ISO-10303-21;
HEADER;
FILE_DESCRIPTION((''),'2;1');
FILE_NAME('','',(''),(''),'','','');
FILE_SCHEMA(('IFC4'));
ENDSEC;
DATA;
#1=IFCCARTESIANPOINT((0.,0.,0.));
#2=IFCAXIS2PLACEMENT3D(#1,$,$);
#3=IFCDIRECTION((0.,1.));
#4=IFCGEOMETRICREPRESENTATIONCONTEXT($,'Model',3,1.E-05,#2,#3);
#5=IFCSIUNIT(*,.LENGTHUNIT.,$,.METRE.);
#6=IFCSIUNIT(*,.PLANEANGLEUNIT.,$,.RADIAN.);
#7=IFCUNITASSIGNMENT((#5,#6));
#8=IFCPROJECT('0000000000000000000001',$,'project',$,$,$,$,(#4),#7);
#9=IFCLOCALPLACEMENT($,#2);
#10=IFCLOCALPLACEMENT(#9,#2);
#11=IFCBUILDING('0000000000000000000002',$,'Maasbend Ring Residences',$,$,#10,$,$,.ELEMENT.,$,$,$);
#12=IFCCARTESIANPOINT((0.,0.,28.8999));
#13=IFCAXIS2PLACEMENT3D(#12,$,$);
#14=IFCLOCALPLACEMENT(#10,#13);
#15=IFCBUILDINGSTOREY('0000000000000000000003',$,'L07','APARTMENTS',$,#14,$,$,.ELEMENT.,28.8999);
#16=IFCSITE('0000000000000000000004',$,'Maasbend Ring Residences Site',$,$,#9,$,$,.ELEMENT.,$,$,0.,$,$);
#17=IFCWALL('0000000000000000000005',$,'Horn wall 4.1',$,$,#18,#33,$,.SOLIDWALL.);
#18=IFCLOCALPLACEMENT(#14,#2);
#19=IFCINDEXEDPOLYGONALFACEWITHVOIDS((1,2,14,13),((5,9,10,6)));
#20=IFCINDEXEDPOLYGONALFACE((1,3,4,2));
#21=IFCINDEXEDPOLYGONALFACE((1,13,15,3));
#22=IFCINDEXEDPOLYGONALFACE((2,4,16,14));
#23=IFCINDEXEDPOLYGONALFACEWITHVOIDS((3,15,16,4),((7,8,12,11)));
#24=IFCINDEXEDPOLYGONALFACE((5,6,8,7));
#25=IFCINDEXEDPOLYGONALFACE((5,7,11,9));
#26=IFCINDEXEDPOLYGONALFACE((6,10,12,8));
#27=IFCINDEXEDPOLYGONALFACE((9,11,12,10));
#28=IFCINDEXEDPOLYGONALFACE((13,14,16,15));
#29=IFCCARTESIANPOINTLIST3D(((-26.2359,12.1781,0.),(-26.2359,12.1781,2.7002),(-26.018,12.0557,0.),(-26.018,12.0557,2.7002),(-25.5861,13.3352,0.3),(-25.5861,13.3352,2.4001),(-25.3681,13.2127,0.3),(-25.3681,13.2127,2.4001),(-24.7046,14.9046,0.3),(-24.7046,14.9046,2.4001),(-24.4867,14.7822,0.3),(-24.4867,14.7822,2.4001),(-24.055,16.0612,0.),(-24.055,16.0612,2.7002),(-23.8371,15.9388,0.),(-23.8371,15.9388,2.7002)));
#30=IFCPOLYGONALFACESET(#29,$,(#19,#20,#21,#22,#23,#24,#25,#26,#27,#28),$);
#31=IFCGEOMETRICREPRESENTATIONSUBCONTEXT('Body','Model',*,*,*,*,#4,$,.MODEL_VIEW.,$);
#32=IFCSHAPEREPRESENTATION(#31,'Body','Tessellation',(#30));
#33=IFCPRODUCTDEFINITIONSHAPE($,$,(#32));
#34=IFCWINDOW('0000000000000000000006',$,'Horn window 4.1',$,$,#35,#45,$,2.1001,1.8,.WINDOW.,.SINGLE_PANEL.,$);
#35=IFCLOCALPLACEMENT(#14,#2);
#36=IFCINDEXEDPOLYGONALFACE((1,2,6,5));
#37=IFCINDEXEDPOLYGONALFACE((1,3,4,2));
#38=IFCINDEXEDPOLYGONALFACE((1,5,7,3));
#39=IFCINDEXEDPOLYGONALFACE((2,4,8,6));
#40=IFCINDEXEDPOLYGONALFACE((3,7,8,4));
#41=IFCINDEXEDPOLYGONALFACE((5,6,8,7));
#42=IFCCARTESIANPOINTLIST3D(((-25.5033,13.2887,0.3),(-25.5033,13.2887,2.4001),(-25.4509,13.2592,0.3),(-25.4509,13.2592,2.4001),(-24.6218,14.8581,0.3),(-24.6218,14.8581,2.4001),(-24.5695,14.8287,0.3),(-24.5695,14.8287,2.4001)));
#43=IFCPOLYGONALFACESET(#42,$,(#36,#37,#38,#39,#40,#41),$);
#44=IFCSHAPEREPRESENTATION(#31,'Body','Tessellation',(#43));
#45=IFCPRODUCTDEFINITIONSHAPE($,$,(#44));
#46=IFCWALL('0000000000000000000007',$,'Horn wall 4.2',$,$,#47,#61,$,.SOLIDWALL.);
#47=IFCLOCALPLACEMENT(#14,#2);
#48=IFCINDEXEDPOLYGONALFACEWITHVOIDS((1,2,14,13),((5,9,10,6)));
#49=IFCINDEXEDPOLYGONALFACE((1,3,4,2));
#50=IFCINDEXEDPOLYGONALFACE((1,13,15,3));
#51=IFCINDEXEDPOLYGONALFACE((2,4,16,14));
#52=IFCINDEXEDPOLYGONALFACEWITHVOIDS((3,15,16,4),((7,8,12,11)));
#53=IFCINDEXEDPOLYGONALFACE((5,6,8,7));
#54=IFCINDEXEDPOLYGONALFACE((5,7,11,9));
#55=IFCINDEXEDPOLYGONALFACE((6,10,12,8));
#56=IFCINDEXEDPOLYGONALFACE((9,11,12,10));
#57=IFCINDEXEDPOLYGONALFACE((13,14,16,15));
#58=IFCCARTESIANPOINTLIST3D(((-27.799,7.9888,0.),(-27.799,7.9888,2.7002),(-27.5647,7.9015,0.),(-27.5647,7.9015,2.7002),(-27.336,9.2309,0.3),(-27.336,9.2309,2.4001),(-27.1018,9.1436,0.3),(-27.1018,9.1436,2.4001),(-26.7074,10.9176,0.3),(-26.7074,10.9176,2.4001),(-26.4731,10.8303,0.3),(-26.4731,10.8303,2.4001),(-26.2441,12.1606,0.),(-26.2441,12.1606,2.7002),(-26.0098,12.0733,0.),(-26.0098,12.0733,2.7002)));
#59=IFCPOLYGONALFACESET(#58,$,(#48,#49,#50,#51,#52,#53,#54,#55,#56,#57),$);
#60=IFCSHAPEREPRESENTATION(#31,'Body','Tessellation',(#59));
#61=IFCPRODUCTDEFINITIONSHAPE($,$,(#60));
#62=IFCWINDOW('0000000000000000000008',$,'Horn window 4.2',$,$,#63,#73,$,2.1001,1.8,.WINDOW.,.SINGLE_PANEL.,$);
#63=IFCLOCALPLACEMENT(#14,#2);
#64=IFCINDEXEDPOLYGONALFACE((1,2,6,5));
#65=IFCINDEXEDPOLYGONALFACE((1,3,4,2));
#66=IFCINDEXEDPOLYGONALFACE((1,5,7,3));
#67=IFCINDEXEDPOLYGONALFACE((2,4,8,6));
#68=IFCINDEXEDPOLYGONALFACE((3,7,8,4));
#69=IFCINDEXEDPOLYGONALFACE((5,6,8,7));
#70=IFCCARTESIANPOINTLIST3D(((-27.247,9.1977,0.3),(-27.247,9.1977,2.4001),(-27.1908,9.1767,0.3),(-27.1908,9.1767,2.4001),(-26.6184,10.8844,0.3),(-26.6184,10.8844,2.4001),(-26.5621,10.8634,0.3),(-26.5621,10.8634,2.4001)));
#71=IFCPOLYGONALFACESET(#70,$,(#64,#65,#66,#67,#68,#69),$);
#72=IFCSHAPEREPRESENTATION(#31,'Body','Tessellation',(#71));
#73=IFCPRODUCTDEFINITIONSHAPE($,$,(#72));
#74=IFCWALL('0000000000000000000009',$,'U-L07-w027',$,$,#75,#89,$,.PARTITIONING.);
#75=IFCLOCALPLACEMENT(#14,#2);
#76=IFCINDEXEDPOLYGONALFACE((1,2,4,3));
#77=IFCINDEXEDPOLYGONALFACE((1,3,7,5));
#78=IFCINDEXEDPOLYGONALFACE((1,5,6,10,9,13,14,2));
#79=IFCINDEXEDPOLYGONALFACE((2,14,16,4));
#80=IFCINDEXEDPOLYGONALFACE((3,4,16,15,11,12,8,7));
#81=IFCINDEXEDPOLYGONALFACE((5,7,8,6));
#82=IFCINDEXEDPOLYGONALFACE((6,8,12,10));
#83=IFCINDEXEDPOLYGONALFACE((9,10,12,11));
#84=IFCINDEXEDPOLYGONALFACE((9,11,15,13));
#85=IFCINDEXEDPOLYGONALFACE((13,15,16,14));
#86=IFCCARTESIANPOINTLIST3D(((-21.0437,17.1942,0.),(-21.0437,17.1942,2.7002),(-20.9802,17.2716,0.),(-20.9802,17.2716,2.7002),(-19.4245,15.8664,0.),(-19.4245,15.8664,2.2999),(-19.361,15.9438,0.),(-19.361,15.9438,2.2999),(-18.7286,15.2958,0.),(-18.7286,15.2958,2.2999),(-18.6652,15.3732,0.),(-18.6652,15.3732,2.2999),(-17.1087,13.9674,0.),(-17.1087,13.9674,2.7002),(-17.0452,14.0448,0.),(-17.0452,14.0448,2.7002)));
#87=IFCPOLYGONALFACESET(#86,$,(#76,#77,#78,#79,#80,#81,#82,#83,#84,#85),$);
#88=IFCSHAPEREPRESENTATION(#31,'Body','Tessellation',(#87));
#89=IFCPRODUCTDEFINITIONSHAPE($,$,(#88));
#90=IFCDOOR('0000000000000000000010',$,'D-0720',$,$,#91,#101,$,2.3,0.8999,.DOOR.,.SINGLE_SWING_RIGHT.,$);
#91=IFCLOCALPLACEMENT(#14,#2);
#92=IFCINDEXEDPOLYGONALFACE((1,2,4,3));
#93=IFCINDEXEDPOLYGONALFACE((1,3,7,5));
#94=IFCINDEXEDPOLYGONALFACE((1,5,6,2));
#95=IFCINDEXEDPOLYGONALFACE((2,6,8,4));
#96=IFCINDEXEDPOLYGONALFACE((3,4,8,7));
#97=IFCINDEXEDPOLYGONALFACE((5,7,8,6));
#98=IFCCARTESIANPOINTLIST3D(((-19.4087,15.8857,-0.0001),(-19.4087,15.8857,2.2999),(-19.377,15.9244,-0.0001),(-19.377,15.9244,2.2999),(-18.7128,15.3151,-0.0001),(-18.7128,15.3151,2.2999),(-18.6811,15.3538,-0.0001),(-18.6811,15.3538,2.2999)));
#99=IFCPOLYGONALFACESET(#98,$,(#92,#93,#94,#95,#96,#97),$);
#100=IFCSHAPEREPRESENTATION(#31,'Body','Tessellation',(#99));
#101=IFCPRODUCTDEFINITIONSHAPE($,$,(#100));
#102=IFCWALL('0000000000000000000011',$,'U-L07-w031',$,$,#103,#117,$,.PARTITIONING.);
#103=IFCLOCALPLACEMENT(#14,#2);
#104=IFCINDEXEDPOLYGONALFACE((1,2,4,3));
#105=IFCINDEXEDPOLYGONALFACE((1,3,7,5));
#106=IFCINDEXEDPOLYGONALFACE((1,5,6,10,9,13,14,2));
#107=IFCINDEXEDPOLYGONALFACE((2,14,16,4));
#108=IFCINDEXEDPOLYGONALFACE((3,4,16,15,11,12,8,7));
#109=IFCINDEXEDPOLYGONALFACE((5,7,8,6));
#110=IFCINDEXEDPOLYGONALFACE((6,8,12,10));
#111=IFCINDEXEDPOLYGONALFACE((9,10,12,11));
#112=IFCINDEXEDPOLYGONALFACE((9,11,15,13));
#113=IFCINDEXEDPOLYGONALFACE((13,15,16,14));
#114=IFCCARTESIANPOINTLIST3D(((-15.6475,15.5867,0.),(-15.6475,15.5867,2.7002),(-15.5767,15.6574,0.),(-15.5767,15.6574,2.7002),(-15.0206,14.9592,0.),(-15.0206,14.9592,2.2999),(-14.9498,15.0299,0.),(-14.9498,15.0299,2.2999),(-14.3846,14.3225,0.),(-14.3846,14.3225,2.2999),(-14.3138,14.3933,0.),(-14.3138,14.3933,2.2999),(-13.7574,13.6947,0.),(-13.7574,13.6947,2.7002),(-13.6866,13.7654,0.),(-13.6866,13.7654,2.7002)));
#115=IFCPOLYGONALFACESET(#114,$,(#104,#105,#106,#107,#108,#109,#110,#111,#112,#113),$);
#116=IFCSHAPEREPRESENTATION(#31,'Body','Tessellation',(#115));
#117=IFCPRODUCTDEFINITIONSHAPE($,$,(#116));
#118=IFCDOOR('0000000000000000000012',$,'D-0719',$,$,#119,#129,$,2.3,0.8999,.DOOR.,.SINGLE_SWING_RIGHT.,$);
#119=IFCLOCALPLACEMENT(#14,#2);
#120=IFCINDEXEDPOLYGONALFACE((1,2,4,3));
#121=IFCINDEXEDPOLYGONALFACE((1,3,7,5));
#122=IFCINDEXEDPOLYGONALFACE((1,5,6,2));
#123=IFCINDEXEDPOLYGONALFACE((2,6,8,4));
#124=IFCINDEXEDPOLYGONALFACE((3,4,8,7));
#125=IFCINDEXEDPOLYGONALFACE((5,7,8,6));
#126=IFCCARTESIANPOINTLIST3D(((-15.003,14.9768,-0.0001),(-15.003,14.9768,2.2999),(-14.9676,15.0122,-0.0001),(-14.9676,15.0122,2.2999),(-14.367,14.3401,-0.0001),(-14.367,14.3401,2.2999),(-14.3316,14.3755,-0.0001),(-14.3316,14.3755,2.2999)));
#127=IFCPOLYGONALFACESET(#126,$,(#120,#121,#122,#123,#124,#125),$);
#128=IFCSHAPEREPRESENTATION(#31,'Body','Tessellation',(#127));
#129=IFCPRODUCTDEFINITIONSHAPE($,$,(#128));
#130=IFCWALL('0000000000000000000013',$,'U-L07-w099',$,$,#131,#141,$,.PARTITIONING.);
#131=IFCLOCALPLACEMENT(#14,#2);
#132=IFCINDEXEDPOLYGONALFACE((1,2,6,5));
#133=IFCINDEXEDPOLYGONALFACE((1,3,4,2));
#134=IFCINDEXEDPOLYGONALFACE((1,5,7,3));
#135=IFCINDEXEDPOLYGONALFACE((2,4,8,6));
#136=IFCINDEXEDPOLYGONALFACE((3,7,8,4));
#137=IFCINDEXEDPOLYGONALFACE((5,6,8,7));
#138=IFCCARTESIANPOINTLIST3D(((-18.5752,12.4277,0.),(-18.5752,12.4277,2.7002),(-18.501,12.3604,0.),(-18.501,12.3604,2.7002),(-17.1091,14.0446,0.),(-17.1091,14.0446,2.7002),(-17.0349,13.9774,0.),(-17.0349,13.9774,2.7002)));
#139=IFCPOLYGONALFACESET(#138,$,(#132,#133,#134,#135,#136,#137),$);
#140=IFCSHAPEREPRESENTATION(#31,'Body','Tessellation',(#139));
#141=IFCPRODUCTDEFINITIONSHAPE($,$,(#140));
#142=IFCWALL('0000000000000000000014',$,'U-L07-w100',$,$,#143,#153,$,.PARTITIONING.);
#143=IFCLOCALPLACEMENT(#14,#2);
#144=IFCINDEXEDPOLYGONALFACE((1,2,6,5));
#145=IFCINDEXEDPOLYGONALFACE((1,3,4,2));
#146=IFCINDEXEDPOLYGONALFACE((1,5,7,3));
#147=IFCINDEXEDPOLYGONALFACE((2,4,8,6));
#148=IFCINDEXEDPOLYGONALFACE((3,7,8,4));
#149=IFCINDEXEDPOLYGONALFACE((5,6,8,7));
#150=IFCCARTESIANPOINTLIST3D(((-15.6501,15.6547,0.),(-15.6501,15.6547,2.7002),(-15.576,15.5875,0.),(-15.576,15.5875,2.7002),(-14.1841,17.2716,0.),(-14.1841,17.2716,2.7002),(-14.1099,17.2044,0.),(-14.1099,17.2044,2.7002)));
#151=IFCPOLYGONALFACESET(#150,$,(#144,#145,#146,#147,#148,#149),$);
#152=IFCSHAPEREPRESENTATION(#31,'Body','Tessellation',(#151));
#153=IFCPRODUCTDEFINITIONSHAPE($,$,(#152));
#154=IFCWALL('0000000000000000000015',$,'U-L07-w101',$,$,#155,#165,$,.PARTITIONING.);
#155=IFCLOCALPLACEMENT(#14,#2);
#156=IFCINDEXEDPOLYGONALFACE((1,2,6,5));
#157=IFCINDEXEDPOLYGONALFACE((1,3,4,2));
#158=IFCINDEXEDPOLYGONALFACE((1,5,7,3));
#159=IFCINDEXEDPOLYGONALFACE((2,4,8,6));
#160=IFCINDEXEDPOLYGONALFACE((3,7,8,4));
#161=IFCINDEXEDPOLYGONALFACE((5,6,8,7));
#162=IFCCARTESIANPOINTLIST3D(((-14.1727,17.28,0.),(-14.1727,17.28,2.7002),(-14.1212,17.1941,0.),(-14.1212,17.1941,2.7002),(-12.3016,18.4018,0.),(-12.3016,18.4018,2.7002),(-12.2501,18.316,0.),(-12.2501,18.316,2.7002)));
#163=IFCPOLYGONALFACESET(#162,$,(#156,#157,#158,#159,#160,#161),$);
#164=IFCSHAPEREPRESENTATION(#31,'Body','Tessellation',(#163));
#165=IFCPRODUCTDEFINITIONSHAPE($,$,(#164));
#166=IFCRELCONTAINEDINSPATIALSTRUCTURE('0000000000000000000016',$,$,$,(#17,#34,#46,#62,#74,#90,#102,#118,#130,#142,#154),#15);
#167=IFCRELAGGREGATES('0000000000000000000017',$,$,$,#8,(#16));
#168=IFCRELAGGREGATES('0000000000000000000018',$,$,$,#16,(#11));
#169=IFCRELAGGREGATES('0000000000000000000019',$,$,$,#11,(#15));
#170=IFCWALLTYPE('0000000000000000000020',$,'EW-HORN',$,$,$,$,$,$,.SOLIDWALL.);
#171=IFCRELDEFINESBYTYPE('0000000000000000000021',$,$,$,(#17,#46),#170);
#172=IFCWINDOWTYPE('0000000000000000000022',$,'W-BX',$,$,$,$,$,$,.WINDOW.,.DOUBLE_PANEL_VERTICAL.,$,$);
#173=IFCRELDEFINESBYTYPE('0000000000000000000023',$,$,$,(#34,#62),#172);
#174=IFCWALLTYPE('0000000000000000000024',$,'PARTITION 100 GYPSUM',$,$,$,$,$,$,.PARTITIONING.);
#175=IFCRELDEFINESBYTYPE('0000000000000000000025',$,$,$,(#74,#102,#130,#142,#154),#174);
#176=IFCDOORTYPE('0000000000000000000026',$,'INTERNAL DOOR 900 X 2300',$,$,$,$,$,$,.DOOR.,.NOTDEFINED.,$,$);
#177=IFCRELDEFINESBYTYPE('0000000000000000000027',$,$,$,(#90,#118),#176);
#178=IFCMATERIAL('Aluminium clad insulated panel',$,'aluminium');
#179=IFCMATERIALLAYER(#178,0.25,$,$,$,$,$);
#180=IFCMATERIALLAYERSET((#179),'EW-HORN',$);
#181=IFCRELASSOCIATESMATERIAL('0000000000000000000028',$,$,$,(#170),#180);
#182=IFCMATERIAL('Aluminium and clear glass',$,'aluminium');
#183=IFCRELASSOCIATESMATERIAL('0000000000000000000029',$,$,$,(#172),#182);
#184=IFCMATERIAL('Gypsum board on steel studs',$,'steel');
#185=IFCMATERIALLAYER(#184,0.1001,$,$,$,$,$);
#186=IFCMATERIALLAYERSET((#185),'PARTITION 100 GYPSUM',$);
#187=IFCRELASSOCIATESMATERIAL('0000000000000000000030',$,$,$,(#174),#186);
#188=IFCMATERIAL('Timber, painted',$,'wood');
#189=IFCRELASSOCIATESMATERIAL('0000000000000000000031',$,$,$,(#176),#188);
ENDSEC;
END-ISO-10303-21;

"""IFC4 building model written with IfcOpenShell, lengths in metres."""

from ifc_helpers import new_model, si_unit, direction, frame, frame_2d, origin, place, context, subcontext, project, spatial, rectangle, extrude, material, layer, layer_set, type_object, element, fill, save


model = new_model("IFC4")

# Units and contexts
model_context = context("Model", 3, precision=1e-05, world=origin(), true_north=direction((0.0, 1.0)))
body_context = subcontext(model_context, "Body", "Model", "MODEL_VIEW")
ifc_project = project(units=[si_unit("LENGTHUNIT", "METRE"), si_unit("PLANEANGLEUNIT", "RADIAN")], contexts=[model_context])

# Site, building, storey
site_placement = place(None, origin())
site = spatial("IfcSite", under=ifc_project, at=site_placement, Name="Maasbend Ring Residences Site", CompositionType="ELEMENT", RefElevation=0.0)
building_placement = place(site_placement, origin())
building = spatial("IfcBuilding", under=site, at=building_placement, Name="Maasbend Ring Residences", CompositionType="ELEMENT")
storey_placement = place(building_placement, frame((0.0, 0.0, 28.8999)))
storey = spatial("IfcBuildingStorey", under=building, at=storey_placement, Name="L07", Description="APARTMENTS", CompositionType="ELEMENT", Elevation=28.8999)

# Walls, openings, windows
ifc_material_1 = material(Name="Aluminium clad insulated panel", Category="aluminium")
ifc_layer_1 = layer(ifc_material_1, 0.25)
ifc_layer_set_1 = layer_set([ifc_layer_1], Name="EW-HORN")
wall_type_1 = type_object("IfcWallType", Name="EW-HORN", PredefinedType="SOLIDWALL", material=ifc_layer_set_1)
wall_1_placement = place(storey_placement, frame((-23.946, 16.0, 0.0), z_axis=(0.0, 0.0, 1.0), x_axis=(-0.489696, -0.871893, 0.0)))
wall_1 = element("IfcWall", 1, at=wall_1_placement, inside=storey, type_object=wall_type_1, Name="Horn wall 4.1", PredefinedType="SOLIDWALL", context=body_context, shape_type="SweptSolid", body=[
    extrude(rectangle(XDim=4.4536, YDim=0.25, at=frame_2d((2.2268, 0.0))), origin(), (0.0, 0.0, 1.0), 2.7002),
])
opening_1_placement = place(wall_1_placement, frame((1.3267, 0.0, 0.3)))
opening_1 = element("IfcOpeningElement", 2, at=opening_1_placement, cuts=wall_1, PredefinedType="OPENING", context=body_context, shape_type="SweptSolid", body=[
    extrude(rectangle(XDim=1.8, YDim=2.1001, at=frame_2d((0.8999, 1.05))), frame((0.0, 0.135, 0.0), z_axis=(0.0, -1.0, 0.0), x_axis=(1.0, 0.0, 0.0)), (0.0, 0.0, 1.0), 0.27),
])
ifc_material_2 = material(Name="Aluminium and clear glass", Category="aluminium")
window_type = type_object("IfcWindowType", Name="W-BX", PartitioningType="DOUBLE_PANEL_VERTICAL", PredefinedType="WINDOW", material=ifc_material_2)
window_1_placement = place(opening_1_placement, origin())
window_1 = element("IfcWindow", 3, at=window_1_placement, inside=storey, type_object=window_type, Name="Horn window 4.1", OverallHeight=2.1001, OverallWidth=1.8, PartitioningType="SINGLE_PANEL", PredefinedType="WINDOW", context=body_context, shape_type="SweptSolid", body=[
    extrude(rectangle(XDim=1.8, YDim=2.1001, at=frame_2d((0.8999, 1.05))), frame((0.0, 0.03, 0.0), z_axis=(0.0, -1.0, 0.0), x_axis=(1.0, 0.0, 0.0)), (0.0, 0.0, 1.0), 0.0601),
])
fill(opening_1, window_1)
wall_2_placement = place(storey_placement, frame((-26.127, 12.1169, 0.0), z_axis=(0.0, 0.0, 1.0), x_axis=(-0.349248, -0.93703, 0.0)))
wall_2 = element("IfcWall", 4, at=wall_2_placement, inside=storey, type_object=wall_type_1, Name="Horn wall 4.2", PredefinedType="SOLIDWALL", context=body_context, shape_type="SweptSolid", body=[
    extrude(rectangle(XDim=4.4521, YDim=0.25, at=frame_2d((2.2261, 0.0))), origin(), (0.0, 0.0, 1.0), 2.7002),
])
opening_2_placement = place(wall_2_placement, frame((1.3267, 0.0, 0.3)))
opening_2 = element("IfcOpeningElement", 5, at=opening_2_placement, cuts=wall_2, PredefinedType="OPENING", context=body_context, shape_type="SweptSolid", body=[
    extrude(rectangle(XDim=1.8, YDim=2.1001, at=frame_2d((0.8999, 1.05))), frame((0.0, 0.135, 0.0), z_axis=(0.0, -1.0, 0.0), x_axis=(1.0, 0.0, 0.0)), (0.0, 0.0, 1.0), 0.27),
])
window_2_placement = place(opening_2_placement, origin())
window_2 = element("IfcWindow", 6, at=window_2_placement, inside=storey, type_object=window_type, Name="Horn window 4.2", OverallHeight=2.1001, OverallWidth=1.8, PartitioningType="SINGLE_PANEL", PredefinedType="WINDOW", context=body_context, shape_type="SweptSolid", body=[
    extrude(rectangle(XDim=1.8, YDim=2.1001, at=frame_2d((0.8999, 1.05))), frame((0.0, 0.03, 0.0), z_axis=(0.0, -1.0, 0.0), x_axis=(1.0, 0.0, 0.0)), (0.0, 0.0, 1.0), 0.0601),
])
fill(opening_2, window_2)

# Walls, openings, doors
ifc_material_3 = material(Name="Gypsum board on steel studs", Category="steel")
ifc_layer_2 = layer(ifc_material_3, 0.1001)
ifc_layer_set_2 = layer_set([ifc_layer_2], Name="PARTITION 100 GYPSUM")
wall_type_2 = type_object("IfcWallType", Name="PARTITION 100 GYPSUM", PredefinedType="PARTITIONING", material=ifc_layer_set_2)
wall_3_placement = place(storey_placement, frame((-21.012, 17.2329, 0.0), z_axis=(0.0, 0.0, 1.0), x_axis=(0.773262, -0.634086, 0.0)))
wall_3 = element("IfcWall", 7, at=wall_3_placement, inside=storey, type_object=wall_type_2, Name="U-L07-w027", PredefinedType="PARTITIONING", context=body_context, shape_type="SweptSolid", body=[
    extrude(rectangle(XDim=5.0889, YDim=0.1001, at=frame_2d((2.5444, 0.0))), origin(), (0.0, 0.0, 1.0), 2.7002),
])
opening_3_placement = place(wall_3_placement, frame((2.094, 0.0, 0.0)))
opening_3 = element("IfcOpeningElement", 8, at=opening_3_placement, cuts=wall_3, PredefinedType="OPENING", context=body_context, shape_type="SweptSolid", body=[
    extrude(rectangle(XDim=0.8999, YDim=2.3, at=frame_2d((0.45, 1.1499))), frame((0.0, 0.0601, 0.0), z_axis=(0.0, -1.0, 0.0), x_axis=(1.0, 0.0, 0.0)), (0.0, 0.0, 1.0), 0.1201),
])
ifc_material_4 = material(Name="Timber, painted", Category="wood")
door_type_1 = type_object("IfcDoorType", Name="INTERNAL DOOR 900 X 2300", OperationType="NOTDEFINED", PredefinedType="DOOR", material=ifc_material_4)
door_1_placement = place(opening_3_placement, origin())
door_1 = element("IfcDoor", 9, at=door_1_placement, inside=storey, type_object=door_type_1, Name="D-0720", OperationType="SINGLE_SWING_RIGHT", OverallHeight=2.3, OverallWidth=0.8999, PredefinedType="DOOR", context=body_context, shape_type="SweptSolid", body=[
    extrude(rectangle(XDim=0.8999, YDim=2.3, at=frame_2d((0.45, 1.1499))), frame((0.0, 0.0249, 0.0), z_axis=(0.0, -1.0, 0.0), x_axis=(1.0, 0.0, 0.0)), (0.0, 0.0, 1.0), 0.05),
])
fill(opening_3, door_1)
wall_4_placement = place(storey_placement, frame((-15.6121, 15.6221, 0.0), z_axis=(0.0, 0.0, 1.0), x_axis=(0.706742, -0.707472, 0.0)))
wall_4 = element("IfcWall", 10, at=wall_4_placement, inside=storey, type_object=wall_type_2, Name="U-L07-w031", PredefinedType="PARTITIONING", context=body_context, shape_type="SweptSolid", body=[
    extrude(rectangle(XDim=2.6743, YDim=0.1001, at=frame_2d((1.3372, 0.0))), origin(), (0.0, 0.0, 1.0), 2.7002),
])
opening_4_placement = place(wall_4_placement, frame((0.887, 0.0, 0.0)))
opening_4 = element("IfcOpeningElement", 11, at=opening_4_placement, cuts=wall_4, PredefinedType="OPENING", context=body_context, shape_type="SweptSolid", body=[
    extrude(rectangle(XDim=0.8999, YDim=2.3, at=frame_2d((0.45, 1.1499))), frame((0.0, 0.0601, 0.0), z_axis=(0.0, -1.0, 0.0), x_axis=(1.0, 0.0, 0.0)), (0.0, 0.0, 1.0), 0.1201),
])
door_2_placement = place(opening_4_placement, origin())
door_2 = element("IfcDoor", 12, at=door_2_placement, inside=storey, type_object=door_type_1, Name="D-0719", OperationType="SINGLE_SWING_RIGHT", OverallHeight=2.3, OverallWidth=0.8999, PredefinedType="DOOR", context=body_context, shape_type="SweptSolid", body=[
    extrude(rectangle(XDim=0.8999, YDim=2.3, at=frame_2d((0.45, 1.1499))), frame((0.0, 0.0249, 0.0), z_axis=(0.0, -1.0, 0.0), x_axis=(1.0, 0.0, 0.0)), (0.0, 0.0, 1.0), 0.05),
])
fill(opening_4, door_2)

# Walls
for number, where, z_axis, x_axis, name in (
    (13, (-18.5381, 12.394, 0.0), (0.0, 0.0, 1.0), (0.671698, 0.740825, 0.0), "U-L07-w099"),
    (14, (-15.613, 15.6211, 0.0), (0.0, 0.0, 1.0), (0.671698, 0.740825, 0.0), "U-L07-w100"),
):
    element("IfcWall", number, at=place(storey_placement, frame(where, z_axis=z_axis, x_axis=x_axis)), inside=storey, type_object=wall_type_2, Name=name, PredefinedType="PARTITIONING", context=body_context, shape_type="SweptSolid", body=[
        extrude(rectangle(XDim=2.1826, YDim=0.1001, at=frame_2d((1.0913, 0.0))), origin(), (0.0, 0.0, 1.0), 2.7002),
    ])
wall_5_placement = place(storey_placement, frame((-14.147, 17.2371, 0.0), z_axis=(0.0, 0.0, 1.0), x_axis=(0.857661, 0.514216, 0.0)))
element("IfcWall", 15, at=wall_5_placement, inside=storey, type_object=wall_type_2, Name="U-L07-w101", PredefinedType="PARTITIONING", context=body_context, shape_type="SweptSolid", body=[
    extrude(rectangle(XDim=2.1816, YDim=0.1001, at=frame_2d((1.0908, 0.0))), origin(), (0.0, 0.0, 1.0), 2.7002),
])

save(model, "model.ifc")
